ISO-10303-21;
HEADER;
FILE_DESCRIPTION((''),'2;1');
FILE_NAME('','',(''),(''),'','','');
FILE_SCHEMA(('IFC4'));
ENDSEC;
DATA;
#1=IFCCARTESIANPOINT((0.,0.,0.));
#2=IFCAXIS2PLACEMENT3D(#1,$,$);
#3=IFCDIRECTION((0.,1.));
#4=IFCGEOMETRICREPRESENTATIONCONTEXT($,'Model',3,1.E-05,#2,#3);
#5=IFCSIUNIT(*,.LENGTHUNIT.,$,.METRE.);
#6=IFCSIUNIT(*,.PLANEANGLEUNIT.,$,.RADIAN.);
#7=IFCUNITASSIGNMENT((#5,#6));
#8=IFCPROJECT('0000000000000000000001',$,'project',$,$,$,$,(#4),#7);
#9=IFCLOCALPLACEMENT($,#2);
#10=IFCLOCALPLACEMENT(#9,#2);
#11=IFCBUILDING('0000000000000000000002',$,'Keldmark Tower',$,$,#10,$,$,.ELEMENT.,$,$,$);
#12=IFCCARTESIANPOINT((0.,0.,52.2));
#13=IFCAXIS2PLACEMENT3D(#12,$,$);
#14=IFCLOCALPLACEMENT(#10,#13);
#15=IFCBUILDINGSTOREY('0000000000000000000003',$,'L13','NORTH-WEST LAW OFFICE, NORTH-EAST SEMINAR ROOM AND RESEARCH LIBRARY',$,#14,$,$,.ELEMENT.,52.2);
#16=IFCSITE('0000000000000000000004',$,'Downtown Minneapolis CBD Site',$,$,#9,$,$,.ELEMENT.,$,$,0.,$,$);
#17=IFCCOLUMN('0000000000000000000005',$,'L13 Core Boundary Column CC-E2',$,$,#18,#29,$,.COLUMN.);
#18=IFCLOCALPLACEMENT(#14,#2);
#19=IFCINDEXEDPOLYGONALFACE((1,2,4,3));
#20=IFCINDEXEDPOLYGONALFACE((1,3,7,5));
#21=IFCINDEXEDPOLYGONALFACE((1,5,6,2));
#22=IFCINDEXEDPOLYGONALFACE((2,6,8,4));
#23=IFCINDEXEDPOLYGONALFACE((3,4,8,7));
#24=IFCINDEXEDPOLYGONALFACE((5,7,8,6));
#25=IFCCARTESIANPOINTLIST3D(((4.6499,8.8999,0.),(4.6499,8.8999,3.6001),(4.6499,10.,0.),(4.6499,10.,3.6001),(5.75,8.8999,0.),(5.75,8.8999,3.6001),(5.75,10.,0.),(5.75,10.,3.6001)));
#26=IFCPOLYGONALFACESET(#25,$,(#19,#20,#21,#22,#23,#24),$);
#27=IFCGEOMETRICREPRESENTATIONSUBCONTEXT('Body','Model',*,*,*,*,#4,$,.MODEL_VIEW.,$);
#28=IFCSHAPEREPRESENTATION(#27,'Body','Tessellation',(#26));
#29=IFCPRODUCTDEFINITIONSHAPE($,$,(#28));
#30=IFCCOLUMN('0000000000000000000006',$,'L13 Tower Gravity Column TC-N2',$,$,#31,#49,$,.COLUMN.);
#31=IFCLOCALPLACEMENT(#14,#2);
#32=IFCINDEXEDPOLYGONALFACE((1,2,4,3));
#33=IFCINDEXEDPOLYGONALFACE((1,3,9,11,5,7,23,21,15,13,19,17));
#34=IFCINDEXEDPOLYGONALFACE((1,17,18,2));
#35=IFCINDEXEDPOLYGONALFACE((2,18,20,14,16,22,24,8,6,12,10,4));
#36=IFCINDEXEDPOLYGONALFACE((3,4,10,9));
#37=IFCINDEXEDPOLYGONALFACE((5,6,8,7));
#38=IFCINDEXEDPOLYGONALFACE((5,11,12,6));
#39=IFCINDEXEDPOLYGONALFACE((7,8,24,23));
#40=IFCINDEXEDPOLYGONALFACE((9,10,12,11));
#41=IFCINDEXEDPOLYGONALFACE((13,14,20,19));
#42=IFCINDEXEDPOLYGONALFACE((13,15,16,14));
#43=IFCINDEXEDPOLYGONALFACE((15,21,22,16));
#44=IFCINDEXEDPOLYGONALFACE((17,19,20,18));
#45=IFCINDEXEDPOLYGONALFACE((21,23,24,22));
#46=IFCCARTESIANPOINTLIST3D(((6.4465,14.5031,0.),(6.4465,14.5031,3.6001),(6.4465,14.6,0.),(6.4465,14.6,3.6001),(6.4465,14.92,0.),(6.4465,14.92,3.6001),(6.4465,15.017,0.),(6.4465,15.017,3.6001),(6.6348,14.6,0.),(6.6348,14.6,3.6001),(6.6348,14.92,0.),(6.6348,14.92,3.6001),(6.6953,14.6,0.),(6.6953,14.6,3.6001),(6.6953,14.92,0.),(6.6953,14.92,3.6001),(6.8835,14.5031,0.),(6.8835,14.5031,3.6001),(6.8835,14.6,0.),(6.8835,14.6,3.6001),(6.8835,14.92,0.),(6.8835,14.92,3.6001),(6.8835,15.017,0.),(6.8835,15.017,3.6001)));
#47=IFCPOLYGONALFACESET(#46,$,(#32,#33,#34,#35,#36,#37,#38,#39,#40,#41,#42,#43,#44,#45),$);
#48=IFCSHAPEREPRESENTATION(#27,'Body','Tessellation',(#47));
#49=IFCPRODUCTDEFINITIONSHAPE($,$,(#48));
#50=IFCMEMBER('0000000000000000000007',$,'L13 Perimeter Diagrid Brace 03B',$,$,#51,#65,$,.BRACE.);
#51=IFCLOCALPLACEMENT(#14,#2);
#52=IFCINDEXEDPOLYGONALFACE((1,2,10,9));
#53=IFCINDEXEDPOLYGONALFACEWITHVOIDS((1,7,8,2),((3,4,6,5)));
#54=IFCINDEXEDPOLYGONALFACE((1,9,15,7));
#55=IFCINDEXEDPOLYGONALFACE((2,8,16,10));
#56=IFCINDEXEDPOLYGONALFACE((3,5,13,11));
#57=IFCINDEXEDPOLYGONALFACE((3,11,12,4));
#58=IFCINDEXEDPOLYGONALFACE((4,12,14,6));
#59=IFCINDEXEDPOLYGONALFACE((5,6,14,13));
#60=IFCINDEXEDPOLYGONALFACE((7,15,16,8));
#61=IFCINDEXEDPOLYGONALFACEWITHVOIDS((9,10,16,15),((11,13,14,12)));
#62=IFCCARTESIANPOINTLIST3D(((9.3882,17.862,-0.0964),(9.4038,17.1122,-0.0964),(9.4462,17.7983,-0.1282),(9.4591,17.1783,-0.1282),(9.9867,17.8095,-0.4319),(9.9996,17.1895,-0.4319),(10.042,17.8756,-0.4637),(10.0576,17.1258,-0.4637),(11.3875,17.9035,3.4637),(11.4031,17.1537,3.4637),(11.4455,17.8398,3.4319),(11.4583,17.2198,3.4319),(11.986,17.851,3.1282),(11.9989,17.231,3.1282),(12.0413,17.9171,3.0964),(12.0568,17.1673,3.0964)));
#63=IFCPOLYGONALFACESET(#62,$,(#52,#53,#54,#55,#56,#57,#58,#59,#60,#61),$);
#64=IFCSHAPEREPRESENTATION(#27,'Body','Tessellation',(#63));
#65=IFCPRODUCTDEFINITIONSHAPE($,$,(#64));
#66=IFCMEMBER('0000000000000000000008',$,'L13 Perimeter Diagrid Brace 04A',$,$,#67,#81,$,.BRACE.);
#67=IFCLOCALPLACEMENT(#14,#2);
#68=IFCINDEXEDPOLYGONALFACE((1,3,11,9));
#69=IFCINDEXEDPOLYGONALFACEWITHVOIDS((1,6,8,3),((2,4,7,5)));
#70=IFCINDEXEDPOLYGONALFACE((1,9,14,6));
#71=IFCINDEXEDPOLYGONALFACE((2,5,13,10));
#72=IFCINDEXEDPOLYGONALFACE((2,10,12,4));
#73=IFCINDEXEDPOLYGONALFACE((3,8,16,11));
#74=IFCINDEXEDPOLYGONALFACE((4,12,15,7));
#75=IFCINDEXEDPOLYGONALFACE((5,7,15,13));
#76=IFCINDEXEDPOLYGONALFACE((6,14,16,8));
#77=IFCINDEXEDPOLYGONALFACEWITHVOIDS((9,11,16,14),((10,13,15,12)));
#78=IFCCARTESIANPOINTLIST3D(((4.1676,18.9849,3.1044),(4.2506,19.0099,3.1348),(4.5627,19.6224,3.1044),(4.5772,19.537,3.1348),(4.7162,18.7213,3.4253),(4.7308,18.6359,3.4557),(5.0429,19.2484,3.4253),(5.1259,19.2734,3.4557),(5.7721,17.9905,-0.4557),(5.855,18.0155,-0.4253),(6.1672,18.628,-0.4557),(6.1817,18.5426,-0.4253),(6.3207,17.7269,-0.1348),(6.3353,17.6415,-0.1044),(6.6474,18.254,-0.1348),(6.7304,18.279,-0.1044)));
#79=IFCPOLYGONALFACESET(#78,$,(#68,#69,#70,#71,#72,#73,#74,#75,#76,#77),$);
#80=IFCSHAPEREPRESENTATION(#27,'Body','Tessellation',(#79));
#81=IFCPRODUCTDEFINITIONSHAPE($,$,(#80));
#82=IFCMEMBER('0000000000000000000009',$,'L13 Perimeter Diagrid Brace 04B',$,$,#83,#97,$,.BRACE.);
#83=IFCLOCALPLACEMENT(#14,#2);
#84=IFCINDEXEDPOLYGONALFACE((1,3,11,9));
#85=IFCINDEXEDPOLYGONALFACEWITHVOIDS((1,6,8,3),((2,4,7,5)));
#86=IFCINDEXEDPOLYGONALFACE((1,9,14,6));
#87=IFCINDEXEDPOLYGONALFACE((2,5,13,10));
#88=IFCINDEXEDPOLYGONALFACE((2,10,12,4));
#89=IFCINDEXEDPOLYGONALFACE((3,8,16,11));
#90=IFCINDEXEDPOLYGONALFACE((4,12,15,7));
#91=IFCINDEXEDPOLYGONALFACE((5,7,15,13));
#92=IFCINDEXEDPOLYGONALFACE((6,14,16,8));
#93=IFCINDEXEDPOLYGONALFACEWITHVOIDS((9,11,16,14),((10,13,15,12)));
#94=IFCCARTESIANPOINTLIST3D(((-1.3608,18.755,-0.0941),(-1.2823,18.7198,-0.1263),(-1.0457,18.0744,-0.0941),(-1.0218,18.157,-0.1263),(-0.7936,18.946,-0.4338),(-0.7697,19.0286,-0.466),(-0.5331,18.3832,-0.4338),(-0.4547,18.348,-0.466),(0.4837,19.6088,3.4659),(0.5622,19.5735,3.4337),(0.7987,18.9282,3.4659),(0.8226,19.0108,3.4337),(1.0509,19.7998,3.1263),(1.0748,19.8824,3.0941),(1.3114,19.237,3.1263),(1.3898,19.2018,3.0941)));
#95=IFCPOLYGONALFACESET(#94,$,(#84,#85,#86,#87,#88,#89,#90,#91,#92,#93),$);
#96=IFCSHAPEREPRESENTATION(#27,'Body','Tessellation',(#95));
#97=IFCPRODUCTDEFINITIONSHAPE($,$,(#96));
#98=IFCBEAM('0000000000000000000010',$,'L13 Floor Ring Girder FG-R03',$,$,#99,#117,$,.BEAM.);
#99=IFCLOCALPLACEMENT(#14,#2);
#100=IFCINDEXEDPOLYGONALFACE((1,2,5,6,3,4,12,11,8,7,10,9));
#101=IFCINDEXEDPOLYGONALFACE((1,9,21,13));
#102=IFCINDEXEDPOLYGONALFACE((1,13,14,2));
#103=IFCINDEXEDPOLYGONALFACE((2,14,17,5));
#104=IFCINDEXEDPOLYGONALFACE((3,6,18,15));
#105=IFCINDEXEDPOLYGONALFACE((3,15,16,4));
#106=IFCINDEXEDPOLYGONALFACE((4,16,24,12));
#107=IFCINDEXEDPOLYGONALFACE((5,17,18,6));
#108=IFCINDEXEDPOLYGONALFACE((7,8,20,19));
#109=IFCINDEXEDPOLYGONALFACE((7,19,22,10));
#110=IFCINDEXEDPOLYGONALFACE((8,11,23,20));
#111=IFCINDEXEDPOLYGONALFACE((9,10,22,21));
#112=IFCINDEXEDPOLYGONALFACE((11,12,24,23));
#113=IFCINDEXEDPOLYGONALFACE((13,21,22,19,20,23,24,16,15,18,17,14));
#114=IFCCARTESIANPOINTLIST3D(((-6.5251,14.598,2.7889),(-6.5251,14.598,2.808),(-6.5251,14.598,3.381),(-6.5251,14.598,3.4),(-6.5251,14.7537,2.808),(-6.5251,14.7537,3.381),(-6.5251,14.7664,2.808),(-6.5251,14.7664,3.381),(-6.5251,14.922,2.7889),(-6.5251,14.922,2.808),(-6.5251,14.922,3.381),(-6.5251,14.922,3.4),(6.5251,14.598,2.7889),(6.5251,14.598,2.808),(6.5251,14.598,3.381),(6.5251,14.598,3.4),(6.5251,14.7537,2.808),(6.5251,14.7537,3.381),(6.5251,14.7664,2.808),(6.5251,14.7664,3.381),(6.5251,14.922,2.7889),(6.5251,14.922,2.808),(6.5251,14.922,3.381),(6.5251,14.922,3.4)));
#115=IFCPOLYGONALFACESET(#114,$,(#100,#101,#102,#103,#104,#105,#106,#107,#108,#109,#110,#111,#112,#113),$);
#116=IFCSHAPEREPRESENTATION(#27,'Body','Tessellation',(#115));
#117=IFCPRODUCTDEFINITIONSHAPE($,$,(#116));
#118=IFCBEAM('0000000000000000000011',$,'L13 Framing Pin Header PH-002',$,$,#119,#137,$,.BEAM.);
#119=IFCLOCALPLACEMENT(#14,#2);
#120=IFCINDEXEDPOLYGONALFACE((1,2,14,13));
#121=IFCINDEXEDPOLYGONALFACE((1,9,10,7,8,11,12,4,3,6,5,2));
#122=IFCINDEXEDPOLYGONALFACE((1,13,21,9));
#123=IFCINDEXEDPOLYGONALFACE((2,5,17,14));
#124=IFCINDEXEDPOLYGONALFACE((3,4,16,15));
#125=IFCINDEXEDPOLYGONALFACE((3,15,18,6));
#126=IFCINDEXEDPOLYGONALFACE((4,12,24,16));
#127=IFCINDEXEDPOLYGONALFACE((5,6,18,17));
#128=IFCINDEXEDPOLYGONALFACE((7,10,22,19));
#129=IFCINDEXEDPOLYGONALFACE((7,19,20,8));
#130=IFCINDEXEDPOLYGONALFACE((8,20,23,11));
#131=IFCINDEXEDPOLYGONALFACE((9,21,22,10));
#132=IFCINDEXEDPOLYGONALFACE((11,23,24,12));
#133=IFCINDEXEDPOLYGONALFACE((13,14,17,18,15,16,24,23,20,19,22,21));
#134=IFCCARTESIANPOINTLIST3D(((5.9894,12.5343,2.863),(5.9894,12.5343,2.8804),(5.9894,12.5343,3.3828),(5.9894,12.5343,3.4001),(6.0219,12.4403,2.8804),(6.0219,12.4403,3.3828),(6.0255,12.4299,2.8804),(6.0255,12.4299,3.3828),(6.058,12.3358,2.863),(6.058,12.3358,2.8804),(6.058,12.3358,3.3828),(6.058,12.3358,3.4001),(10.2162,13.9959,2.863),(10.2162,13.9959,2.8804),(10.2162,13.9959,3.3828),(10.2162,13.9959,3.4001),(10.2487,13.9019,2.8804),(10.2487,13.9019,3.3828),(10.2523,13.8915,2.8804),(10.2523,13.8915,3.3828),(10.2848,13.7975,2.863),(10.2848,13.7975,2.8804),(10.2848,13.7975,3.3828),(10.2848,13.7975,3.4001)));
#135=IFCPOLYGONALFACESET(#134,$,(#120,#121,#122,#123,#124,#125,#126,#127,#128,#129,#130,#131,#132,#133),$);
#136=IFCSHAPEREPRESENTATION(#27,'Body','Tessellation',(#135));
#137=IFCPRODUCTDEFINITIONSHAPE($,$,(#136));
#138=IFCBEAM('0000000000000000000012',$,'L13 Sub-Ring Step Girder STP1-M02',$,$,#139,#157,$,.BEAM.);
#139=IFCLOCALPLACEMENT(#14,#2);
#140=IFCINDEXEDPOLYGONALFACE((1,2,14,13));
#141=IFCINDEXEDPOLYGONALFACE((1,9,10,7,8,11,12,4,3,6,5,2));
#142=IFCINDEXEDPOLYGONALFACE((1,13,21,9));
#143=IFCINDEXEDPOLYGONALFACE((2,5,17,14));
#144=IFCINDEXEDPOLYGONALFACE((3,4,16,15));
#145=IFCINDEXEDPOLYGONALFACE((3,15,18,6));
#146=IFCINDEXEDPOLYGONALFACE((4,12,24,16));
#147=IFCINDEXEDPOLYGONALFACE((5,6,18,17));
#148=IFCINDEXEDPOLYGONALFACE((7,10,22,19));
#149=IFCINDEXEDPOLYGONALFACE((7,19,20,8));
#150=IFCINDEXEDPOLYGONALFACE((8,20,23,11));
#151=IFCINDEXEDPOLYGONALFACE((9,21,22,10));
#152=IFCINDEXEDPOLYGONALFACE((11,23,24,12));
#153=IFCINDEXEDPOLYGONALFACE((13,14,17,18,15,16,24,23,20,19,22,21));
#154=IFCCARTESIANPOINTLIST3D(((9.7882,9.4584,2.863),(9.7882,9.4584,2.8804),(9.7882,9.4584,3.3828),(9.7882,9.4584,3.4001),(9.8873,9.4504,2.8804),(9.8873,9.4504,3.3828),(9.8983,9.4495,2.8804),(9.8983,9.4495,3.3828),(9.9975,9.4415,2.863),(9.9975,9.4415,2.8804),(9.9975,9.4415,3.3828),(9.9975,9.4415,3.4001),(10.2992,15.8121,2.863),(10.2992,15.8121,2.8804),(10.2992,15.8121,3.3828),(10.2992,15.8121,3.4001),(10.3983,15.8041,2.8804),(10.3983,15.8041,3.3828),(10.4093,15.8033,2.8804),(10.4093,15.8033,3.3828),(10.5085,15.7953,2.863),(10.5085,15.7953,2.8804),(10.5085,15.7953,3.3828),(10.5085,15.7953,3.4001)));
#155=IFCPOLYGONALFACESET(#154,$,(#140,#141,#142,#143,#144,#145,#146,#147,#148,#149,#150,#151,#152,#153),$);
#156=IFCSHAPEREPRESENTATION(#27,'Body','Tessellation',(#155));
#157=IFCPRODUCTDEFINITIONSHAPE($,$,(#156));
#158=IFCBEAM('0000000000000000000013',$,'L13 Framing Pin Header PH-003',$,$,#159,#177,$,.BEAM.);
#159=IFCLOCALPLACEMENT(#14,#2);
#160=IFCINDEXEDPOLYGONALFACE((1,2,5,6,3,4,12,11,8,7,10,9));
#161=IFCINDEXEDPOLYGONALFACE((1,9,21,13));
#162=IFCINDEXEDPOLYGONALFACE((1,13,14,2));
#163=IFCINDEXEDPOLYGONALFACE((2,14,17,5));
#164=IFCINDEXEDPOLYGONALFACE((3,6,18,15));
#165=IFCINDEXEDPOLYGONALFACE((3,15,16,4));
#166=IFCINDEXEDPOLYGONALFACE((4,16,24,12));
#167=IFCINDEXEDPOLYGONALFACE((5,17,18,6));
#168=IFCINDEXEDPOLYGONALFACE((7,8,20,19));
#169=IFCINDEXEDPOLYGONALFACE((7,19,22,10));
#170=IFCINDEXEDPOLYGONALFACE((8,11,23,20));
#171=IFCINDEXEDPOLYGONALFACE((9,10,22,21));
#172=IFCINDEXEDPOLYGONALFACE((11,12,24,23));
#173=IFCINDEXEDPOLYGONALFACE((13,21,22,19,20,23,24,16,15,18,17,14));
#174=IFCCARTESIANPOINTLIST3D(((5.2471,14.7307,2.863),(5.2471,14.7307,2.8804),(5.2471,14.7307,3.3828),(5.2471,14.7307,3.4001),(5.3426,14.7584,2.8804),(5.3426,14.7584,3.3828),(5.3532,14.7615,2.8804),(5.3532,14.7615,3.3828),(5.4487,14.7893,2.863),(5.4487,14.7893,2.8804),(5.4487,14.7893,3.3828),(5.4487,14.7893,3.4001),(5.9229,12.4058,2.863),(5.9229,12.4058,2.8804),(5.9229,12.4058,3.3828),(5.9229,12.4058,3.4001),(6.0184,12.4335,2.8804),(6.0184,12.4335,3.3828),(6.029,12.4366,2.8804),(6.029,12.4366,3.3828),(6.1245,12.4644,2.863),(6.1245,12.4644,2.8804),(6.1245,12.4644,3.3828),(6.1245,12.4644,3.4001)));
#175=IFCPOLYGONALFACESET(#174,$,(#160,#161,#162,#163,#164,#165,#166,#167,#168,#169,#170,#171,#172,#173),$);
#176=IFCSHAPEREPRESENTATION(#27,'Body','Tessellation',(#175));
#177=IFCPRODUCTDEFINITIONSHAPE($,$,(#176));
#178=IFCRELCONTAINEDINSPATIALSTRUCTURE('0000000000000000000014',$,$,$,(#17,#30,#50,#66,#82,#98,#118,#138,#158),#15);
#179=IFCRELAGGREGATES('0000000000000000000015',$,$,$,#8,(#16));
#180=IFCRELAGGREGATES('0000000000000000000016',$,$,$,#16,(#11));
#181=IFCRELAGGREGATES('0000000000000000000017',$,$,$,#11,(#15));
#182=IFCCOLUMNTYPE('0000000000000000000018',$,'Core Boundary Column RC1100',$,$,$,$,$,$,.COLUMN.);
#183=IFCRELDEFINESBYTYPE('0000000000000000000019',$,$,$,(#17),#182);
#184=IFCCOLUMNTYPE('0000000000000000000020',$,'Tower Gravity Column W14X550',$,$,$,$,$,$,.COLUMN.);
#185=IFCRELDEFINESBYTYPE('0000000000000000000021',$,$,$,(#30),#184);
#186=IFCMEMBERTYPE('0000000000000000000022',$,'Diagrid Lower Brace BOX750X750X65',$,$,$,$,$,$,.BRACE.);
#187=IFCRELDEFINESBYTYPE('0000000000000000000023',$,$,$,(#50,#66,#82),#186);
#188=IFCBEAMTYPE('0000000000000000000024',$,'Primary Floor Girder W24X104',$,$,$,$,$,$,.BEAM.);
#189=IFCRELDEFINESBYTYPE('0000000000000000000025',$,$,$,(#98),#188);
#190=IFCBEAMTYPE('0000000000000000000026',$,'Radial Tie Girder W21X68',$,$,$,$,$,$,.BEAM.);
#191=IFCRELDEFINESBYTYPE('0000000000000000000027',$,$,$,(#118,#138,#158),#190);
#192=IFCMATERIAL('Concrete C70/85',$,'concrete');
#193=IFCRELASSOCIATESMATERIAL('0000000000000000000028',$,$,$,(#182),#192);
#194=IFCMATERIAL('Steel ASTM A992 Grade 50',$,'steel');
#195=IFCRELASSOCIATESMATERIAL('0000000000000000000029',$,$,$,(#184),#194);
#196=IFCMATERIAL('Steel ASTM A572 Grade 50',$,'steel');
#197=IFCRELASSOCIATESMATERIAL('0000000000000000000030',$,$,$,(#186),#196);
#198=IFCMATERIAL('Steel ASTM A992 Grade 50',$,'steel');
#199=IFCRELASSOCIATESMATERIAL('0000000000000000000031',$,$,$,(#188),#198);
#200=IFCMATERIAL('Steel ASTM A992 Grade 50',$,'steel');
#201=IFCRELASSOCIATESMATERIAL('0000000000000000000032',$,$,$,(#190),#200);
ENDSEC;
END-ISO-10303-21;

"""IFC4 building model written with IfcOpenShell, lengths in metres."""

from ifc_helpers import new_model, si_unit, direction, frame, origin, origin_2d, place, context, subcontext, project, spatial, rectangle, hollow_rectangle, i_section, extrude, material, material_profile, profile_set, type_object, element, save


model = new_model("IFC4")

# Units and contexts
model_context = context("Model", 3, precision=1e-05, world=origin(), true_north=direction((0.0, 1.0)))
body_context = subcontext(model_context, "Body", "Model", "MODEL_VIEW")
ifc_project = project(units=[si_unit("LENGTHUNIT", "METRE"), si_unit("PLANEANGLEUNIT", "RADIAN")], contexts=[model_context])

# Site, building, storey
site_placement = place(None, origin())
site = spatial("IfcSite", under=ifc_project, at=site_placement, Name="Downtown Minneapolis CBD Site", CompositionType="ELEMENT", RefElevation=0.0)
building_placement = place(site_placement, origin())
building = spatial("IfcBuilding", under=site, at=building_placement, Name="Keldmark Tower", CompositionType="ELEMENT")
storey_placement = place(building_placement, frame((0.0, 0.0, 52.2)))
storey = spatial("IfcBuildingStorey", under=building, at=storey_placement, Name="L13", Description="NORTH-WEST LAW OFFICE, NORTH-EAST SEMINAR ROOM AND RESEARCH LIBRARY", CompositionType="ELEMENT", Elevation=52.2)

# Columns
ifc_material_1 = material(Name="Concrete C70/85", Category="concrete")
ifc_material_profile_1 = material_profile(ifc_material_1, rectangle(XDim=1.1001, YDim=1.1001, at=origin_2d()), Name="RC1100X1100")
ifc_profile_set_1 = profile_set([ifc_material_profile_1], Name="Concrete C70/85")
column_type_1 = type_object("IfcColumnType", Name="Core Boundary Column RC1100", PredefinedType="COLUMN", material=ifc_profile_set_1)
column_1_placement = place(storey_placement, frame((5.2, 9.45, 0.0), z_axis=(0.0, 0.0, 1.0), x_axis=(1.0, 0.0, 0.0)))
element("IfcColumn", 1, at=column_1_placement, inside=storey, type_object=column_type_1, Name="L13 Core Boundary Column CC-E2", PredefinedType="COLUMN", context=body_context, shape_type="SweptSolid", body=[
    extrude(rectangle(XDim=1.1001, YDim=1.1001, at=origin_2d()), origin(), (0.0, 0.0, 1.0), 3.6001),
])
ifc_material_2 = material(Name="Steel ASTM A992 Grade 50", Category="steel")
ifc_material_profile_2 = material_profile(ifc_material_2, i_section(OverallWidth=0.437, OverallDepth=0.5139, WebThickness=0.0605, FlangeThickness=0.0969, at=origin_2d()), Name="W14X550")
ifc_profile_set_2 = profile_set([ifc_material_profile_2], Name="Steel ASTM A992 Grade 50")
column_type_2 = type_object("IfcColumnType", Name="Tower Gravity Column W14X550", PredefinedType="COLUMN", material=ifc_profile_set_2)
column_2_placement = place(storey_placement, frame((6.665, 14.76, 0.0), z_axis=(0.0, 0.0, 1.0), x_axis=(1.0, 0.0, 0.0)))
element("IfcColumn", 2, at=column_2_placement, inside=storey, type_object=column_type_2, Name="L13 Tower Gravity Column TC-N2", PredefinedType="COLUMN", context=body_context, shape_type="SweptSolid", body=[
    extrude(i_section(OverallWidth=0.437, OverallDepth=0.5139, WebThickness=0.0605, FlangeThickness=0.0969, at=origin_2d()), origin(), (0.0, 0.0, 1.0), 3.6001),
])

# Members
ifc_material_3 = material(Name="Steel ASTM A572 Grade 50", Category="steel")
ifc_material_profile_3 = material_profile(ifc_material_3, hollow_rectangle(XDim=0.75, YDim=0.75, WallThickness=0.0649, at=origin_2d()), Name="BOX750X750X65")
ifc_profile_set_3 = profile_set([ifc_material_profile_3], Name="Steel ASTM A572 Grade 50")
member_type = type_object("IfcMemberType", Name="Diagrid Lower Brace BOX750X750X65", PredefinedType="BRACE", material=ifc_profile_set_3)
member_1_placement = place(storey_placement, frame((9.7229, 17.4939, -0.28), z_axis=(0.489628, 0.010164, 0.871872), x_axis=(-0.020755, 0.999785, 0.0)))
element("IfcMember", 3, at=member_1_placement, inside=storey, type_object=member_type, Name="L13 Perimeter Diagrid Brace 03B", PredefinedType="BRACE", context=body_context, shape_type="SweptSolid", body=[
    extrude(hollow_rectangle(XDim=0.75, YDim=0.75, WallThickness=0.0649, at=origin_2d()), origin(), (0.0, 0.0, 1.0), 4.0833),
])
member_2_placement = place(storey_placement, frame((6.2512, 18.1348, -0.28), z_axis=(-0.398182, 0.246774, 0.88349), x_axis=(-0.526786, -0.849998, 0.0)))
element("IfcMember", 4, at=member_2_placement, inside=storey, type_object=member_type, Name="L13 Perimeter Diagrid Brace 04A", PredefinedType="BRACE", context=body_context, shape_type="SweptSolid", body=[
    extrude(hollow_rectangle(XDim=0.75, YDim=0.75, WallThickness=0.0649, at=origin_2d()), origin(), (0.0, 0.0, 1.0), 4.0295),
])
member_3_placement = place(storey_placement, frame((-0.9077, 18.5515, -0.28), z_axis=(0.44994, 0.208265, 0.868435), x_axis=(-0.420056, 0.907498, 0.0)))
element("IfcMember", 5, at=member_3_placement, inside=storey, type_object=member_type, Name="L13 Perimeter Diagrid Brace 04B", PredefinedType="BRACE", context=body_context, shape_type="SweptSolid", body=[
    extrude(hollow_rectangle(XDim=0.75, YDim=0.75, WallThickness=0.0649, at=origin_2d()), origin(), (0.0, 0.0, 1.0), 4.0994),
])

# Beams
ifc_material_4 = material(Name="Steel ASTM A992 Grade 50", Category="steel")
ifc_material_profile_4 = material_profile(ifc_material_4, i_section(OverallWidth=0.324, OverallDepth=0.6111, WebThickness=0.0127, FlangeThickness=0.019, at=origin_2d()), Name="W24X104")
ifc_profile_set_4 = profile_set([ifc_material_profile_4], Name="Steel ASTM A992 Grade 50")
beam_type_1 = type_object("IfcBeamType", Name="Primary Floor Girder W24X104", PredefinedType="BEAM", material=ifc_profile_set_4)
beam_1_placement = place(storey_placement, frame((6.5251, 14.76, 3.0945), z_axis=(-1.0, 0.0, 0.0), x_axis=(0.0, -1.0, 0.0)))
element("IfcBeam", 6, at=beam_1_placement, inside=storey, type_object=beam_type_1, Name="L13 Floor Ring Girder FG-R03", PredefinedType="BEAM", context=body_context, shape_type="SweptSolid", body=[
    extrude(i_section(OverallWidth=0.324, OverallDepth=0.6111, WebThickness=0.0127, FlangeThickness=0.019, at=origin_2d()), origin(), (0.0, 0.0, 1.0), 13.0503),
])
ifc_material_5 = material(Name="Steel ASTM A992 Grade 50", Category="steel")
ifc_material_profile_5 = material_profile(ifc_material_5, i_section(OverallWidth=0.21, OverallDepth=0.5371, WebThickness=0.011, FlangeThickness=0.0173, at=origin_2d()), Name="W21X68")
ifc_profile_set_5 = profile_set([ifc_material_profile_5], Name="Steel ASTM A992 Grade 50")
beam_type_2 = type_object("IfcBeamType", Name="Radial Tie Girder W21X68", PredefinedType="BEAM", material=ifc_profile_set_5)
beam_2_placement = place(storey_placement, frame((6.0237, 12.4351, 3.1316), z_axis=(0.945087, 0.32682, 0.0), x_axis=(-0.32682, 0.945087, 0.0)))
element("IfcBeam", 7, at=beam_2_placement, inside=storey, type_object=beam_type_2, Name="L13 Framing Pin Header PH-002", PredefinedType="BEAM", context=body_context, shape_type="SweptSolid", body=[
    extrude(i_section(OverallWidth=0.21, OverallDepth=0.5371, WebThickness=0.011, FlangeThickness=0.0173, at=origin_2d()), origin(), (0.0, 0.0, 1.0), 4.4724),
])
beam_3_placement = place(storey_placement, frame((9.8928, 9.45, 3.1316), z_axis=(0.080164, 0.996782, 0.0), x_axis=(-0.996782, 0.080164, 0.0)))
element("IfcBeam", 8, at=beam_3_placement, inside=storey, type_object=beam_type_2, Name="L13 Sub-Ring Step Girder STP1-M02", PredefinedType="BEAM", context=body_context, shape_type="SweptSolid", body=[
    extrude(i_section(OverallWidth=0.21, OverallDepth=0.5371, WebThickness=0.011, FlangeThickness=0.0173, at=origin_2d()), origin(), (0.0, 0.0, 1.0), 6.3743),
])
beam_4_placement = place(storey_placement, frame((6.0237, 12.4351, 3.1316), z_axis=(-0.279113, 0.960258, 0.0), x_axis=(-0.960258, -0.279113, 0.0)))
element("IfcBeam", 9, at=beam_4_placement, inside=storey, type_object=beam_type_2, Name="L13 Framing Pin Header PH-003", PredefinedType="BEAM", context=body_context, shape_type="SweptSolid", body=[
    extrude(i_section(OverallWidth=0.21, OverallDepth=0.5371, WebThickness=0.011, FlangeThickness=0.0173, at=origin_2d()), origin(), (0.0, 0.0, 1.0), 2.4211),
])

save(model, "model.ifc")
